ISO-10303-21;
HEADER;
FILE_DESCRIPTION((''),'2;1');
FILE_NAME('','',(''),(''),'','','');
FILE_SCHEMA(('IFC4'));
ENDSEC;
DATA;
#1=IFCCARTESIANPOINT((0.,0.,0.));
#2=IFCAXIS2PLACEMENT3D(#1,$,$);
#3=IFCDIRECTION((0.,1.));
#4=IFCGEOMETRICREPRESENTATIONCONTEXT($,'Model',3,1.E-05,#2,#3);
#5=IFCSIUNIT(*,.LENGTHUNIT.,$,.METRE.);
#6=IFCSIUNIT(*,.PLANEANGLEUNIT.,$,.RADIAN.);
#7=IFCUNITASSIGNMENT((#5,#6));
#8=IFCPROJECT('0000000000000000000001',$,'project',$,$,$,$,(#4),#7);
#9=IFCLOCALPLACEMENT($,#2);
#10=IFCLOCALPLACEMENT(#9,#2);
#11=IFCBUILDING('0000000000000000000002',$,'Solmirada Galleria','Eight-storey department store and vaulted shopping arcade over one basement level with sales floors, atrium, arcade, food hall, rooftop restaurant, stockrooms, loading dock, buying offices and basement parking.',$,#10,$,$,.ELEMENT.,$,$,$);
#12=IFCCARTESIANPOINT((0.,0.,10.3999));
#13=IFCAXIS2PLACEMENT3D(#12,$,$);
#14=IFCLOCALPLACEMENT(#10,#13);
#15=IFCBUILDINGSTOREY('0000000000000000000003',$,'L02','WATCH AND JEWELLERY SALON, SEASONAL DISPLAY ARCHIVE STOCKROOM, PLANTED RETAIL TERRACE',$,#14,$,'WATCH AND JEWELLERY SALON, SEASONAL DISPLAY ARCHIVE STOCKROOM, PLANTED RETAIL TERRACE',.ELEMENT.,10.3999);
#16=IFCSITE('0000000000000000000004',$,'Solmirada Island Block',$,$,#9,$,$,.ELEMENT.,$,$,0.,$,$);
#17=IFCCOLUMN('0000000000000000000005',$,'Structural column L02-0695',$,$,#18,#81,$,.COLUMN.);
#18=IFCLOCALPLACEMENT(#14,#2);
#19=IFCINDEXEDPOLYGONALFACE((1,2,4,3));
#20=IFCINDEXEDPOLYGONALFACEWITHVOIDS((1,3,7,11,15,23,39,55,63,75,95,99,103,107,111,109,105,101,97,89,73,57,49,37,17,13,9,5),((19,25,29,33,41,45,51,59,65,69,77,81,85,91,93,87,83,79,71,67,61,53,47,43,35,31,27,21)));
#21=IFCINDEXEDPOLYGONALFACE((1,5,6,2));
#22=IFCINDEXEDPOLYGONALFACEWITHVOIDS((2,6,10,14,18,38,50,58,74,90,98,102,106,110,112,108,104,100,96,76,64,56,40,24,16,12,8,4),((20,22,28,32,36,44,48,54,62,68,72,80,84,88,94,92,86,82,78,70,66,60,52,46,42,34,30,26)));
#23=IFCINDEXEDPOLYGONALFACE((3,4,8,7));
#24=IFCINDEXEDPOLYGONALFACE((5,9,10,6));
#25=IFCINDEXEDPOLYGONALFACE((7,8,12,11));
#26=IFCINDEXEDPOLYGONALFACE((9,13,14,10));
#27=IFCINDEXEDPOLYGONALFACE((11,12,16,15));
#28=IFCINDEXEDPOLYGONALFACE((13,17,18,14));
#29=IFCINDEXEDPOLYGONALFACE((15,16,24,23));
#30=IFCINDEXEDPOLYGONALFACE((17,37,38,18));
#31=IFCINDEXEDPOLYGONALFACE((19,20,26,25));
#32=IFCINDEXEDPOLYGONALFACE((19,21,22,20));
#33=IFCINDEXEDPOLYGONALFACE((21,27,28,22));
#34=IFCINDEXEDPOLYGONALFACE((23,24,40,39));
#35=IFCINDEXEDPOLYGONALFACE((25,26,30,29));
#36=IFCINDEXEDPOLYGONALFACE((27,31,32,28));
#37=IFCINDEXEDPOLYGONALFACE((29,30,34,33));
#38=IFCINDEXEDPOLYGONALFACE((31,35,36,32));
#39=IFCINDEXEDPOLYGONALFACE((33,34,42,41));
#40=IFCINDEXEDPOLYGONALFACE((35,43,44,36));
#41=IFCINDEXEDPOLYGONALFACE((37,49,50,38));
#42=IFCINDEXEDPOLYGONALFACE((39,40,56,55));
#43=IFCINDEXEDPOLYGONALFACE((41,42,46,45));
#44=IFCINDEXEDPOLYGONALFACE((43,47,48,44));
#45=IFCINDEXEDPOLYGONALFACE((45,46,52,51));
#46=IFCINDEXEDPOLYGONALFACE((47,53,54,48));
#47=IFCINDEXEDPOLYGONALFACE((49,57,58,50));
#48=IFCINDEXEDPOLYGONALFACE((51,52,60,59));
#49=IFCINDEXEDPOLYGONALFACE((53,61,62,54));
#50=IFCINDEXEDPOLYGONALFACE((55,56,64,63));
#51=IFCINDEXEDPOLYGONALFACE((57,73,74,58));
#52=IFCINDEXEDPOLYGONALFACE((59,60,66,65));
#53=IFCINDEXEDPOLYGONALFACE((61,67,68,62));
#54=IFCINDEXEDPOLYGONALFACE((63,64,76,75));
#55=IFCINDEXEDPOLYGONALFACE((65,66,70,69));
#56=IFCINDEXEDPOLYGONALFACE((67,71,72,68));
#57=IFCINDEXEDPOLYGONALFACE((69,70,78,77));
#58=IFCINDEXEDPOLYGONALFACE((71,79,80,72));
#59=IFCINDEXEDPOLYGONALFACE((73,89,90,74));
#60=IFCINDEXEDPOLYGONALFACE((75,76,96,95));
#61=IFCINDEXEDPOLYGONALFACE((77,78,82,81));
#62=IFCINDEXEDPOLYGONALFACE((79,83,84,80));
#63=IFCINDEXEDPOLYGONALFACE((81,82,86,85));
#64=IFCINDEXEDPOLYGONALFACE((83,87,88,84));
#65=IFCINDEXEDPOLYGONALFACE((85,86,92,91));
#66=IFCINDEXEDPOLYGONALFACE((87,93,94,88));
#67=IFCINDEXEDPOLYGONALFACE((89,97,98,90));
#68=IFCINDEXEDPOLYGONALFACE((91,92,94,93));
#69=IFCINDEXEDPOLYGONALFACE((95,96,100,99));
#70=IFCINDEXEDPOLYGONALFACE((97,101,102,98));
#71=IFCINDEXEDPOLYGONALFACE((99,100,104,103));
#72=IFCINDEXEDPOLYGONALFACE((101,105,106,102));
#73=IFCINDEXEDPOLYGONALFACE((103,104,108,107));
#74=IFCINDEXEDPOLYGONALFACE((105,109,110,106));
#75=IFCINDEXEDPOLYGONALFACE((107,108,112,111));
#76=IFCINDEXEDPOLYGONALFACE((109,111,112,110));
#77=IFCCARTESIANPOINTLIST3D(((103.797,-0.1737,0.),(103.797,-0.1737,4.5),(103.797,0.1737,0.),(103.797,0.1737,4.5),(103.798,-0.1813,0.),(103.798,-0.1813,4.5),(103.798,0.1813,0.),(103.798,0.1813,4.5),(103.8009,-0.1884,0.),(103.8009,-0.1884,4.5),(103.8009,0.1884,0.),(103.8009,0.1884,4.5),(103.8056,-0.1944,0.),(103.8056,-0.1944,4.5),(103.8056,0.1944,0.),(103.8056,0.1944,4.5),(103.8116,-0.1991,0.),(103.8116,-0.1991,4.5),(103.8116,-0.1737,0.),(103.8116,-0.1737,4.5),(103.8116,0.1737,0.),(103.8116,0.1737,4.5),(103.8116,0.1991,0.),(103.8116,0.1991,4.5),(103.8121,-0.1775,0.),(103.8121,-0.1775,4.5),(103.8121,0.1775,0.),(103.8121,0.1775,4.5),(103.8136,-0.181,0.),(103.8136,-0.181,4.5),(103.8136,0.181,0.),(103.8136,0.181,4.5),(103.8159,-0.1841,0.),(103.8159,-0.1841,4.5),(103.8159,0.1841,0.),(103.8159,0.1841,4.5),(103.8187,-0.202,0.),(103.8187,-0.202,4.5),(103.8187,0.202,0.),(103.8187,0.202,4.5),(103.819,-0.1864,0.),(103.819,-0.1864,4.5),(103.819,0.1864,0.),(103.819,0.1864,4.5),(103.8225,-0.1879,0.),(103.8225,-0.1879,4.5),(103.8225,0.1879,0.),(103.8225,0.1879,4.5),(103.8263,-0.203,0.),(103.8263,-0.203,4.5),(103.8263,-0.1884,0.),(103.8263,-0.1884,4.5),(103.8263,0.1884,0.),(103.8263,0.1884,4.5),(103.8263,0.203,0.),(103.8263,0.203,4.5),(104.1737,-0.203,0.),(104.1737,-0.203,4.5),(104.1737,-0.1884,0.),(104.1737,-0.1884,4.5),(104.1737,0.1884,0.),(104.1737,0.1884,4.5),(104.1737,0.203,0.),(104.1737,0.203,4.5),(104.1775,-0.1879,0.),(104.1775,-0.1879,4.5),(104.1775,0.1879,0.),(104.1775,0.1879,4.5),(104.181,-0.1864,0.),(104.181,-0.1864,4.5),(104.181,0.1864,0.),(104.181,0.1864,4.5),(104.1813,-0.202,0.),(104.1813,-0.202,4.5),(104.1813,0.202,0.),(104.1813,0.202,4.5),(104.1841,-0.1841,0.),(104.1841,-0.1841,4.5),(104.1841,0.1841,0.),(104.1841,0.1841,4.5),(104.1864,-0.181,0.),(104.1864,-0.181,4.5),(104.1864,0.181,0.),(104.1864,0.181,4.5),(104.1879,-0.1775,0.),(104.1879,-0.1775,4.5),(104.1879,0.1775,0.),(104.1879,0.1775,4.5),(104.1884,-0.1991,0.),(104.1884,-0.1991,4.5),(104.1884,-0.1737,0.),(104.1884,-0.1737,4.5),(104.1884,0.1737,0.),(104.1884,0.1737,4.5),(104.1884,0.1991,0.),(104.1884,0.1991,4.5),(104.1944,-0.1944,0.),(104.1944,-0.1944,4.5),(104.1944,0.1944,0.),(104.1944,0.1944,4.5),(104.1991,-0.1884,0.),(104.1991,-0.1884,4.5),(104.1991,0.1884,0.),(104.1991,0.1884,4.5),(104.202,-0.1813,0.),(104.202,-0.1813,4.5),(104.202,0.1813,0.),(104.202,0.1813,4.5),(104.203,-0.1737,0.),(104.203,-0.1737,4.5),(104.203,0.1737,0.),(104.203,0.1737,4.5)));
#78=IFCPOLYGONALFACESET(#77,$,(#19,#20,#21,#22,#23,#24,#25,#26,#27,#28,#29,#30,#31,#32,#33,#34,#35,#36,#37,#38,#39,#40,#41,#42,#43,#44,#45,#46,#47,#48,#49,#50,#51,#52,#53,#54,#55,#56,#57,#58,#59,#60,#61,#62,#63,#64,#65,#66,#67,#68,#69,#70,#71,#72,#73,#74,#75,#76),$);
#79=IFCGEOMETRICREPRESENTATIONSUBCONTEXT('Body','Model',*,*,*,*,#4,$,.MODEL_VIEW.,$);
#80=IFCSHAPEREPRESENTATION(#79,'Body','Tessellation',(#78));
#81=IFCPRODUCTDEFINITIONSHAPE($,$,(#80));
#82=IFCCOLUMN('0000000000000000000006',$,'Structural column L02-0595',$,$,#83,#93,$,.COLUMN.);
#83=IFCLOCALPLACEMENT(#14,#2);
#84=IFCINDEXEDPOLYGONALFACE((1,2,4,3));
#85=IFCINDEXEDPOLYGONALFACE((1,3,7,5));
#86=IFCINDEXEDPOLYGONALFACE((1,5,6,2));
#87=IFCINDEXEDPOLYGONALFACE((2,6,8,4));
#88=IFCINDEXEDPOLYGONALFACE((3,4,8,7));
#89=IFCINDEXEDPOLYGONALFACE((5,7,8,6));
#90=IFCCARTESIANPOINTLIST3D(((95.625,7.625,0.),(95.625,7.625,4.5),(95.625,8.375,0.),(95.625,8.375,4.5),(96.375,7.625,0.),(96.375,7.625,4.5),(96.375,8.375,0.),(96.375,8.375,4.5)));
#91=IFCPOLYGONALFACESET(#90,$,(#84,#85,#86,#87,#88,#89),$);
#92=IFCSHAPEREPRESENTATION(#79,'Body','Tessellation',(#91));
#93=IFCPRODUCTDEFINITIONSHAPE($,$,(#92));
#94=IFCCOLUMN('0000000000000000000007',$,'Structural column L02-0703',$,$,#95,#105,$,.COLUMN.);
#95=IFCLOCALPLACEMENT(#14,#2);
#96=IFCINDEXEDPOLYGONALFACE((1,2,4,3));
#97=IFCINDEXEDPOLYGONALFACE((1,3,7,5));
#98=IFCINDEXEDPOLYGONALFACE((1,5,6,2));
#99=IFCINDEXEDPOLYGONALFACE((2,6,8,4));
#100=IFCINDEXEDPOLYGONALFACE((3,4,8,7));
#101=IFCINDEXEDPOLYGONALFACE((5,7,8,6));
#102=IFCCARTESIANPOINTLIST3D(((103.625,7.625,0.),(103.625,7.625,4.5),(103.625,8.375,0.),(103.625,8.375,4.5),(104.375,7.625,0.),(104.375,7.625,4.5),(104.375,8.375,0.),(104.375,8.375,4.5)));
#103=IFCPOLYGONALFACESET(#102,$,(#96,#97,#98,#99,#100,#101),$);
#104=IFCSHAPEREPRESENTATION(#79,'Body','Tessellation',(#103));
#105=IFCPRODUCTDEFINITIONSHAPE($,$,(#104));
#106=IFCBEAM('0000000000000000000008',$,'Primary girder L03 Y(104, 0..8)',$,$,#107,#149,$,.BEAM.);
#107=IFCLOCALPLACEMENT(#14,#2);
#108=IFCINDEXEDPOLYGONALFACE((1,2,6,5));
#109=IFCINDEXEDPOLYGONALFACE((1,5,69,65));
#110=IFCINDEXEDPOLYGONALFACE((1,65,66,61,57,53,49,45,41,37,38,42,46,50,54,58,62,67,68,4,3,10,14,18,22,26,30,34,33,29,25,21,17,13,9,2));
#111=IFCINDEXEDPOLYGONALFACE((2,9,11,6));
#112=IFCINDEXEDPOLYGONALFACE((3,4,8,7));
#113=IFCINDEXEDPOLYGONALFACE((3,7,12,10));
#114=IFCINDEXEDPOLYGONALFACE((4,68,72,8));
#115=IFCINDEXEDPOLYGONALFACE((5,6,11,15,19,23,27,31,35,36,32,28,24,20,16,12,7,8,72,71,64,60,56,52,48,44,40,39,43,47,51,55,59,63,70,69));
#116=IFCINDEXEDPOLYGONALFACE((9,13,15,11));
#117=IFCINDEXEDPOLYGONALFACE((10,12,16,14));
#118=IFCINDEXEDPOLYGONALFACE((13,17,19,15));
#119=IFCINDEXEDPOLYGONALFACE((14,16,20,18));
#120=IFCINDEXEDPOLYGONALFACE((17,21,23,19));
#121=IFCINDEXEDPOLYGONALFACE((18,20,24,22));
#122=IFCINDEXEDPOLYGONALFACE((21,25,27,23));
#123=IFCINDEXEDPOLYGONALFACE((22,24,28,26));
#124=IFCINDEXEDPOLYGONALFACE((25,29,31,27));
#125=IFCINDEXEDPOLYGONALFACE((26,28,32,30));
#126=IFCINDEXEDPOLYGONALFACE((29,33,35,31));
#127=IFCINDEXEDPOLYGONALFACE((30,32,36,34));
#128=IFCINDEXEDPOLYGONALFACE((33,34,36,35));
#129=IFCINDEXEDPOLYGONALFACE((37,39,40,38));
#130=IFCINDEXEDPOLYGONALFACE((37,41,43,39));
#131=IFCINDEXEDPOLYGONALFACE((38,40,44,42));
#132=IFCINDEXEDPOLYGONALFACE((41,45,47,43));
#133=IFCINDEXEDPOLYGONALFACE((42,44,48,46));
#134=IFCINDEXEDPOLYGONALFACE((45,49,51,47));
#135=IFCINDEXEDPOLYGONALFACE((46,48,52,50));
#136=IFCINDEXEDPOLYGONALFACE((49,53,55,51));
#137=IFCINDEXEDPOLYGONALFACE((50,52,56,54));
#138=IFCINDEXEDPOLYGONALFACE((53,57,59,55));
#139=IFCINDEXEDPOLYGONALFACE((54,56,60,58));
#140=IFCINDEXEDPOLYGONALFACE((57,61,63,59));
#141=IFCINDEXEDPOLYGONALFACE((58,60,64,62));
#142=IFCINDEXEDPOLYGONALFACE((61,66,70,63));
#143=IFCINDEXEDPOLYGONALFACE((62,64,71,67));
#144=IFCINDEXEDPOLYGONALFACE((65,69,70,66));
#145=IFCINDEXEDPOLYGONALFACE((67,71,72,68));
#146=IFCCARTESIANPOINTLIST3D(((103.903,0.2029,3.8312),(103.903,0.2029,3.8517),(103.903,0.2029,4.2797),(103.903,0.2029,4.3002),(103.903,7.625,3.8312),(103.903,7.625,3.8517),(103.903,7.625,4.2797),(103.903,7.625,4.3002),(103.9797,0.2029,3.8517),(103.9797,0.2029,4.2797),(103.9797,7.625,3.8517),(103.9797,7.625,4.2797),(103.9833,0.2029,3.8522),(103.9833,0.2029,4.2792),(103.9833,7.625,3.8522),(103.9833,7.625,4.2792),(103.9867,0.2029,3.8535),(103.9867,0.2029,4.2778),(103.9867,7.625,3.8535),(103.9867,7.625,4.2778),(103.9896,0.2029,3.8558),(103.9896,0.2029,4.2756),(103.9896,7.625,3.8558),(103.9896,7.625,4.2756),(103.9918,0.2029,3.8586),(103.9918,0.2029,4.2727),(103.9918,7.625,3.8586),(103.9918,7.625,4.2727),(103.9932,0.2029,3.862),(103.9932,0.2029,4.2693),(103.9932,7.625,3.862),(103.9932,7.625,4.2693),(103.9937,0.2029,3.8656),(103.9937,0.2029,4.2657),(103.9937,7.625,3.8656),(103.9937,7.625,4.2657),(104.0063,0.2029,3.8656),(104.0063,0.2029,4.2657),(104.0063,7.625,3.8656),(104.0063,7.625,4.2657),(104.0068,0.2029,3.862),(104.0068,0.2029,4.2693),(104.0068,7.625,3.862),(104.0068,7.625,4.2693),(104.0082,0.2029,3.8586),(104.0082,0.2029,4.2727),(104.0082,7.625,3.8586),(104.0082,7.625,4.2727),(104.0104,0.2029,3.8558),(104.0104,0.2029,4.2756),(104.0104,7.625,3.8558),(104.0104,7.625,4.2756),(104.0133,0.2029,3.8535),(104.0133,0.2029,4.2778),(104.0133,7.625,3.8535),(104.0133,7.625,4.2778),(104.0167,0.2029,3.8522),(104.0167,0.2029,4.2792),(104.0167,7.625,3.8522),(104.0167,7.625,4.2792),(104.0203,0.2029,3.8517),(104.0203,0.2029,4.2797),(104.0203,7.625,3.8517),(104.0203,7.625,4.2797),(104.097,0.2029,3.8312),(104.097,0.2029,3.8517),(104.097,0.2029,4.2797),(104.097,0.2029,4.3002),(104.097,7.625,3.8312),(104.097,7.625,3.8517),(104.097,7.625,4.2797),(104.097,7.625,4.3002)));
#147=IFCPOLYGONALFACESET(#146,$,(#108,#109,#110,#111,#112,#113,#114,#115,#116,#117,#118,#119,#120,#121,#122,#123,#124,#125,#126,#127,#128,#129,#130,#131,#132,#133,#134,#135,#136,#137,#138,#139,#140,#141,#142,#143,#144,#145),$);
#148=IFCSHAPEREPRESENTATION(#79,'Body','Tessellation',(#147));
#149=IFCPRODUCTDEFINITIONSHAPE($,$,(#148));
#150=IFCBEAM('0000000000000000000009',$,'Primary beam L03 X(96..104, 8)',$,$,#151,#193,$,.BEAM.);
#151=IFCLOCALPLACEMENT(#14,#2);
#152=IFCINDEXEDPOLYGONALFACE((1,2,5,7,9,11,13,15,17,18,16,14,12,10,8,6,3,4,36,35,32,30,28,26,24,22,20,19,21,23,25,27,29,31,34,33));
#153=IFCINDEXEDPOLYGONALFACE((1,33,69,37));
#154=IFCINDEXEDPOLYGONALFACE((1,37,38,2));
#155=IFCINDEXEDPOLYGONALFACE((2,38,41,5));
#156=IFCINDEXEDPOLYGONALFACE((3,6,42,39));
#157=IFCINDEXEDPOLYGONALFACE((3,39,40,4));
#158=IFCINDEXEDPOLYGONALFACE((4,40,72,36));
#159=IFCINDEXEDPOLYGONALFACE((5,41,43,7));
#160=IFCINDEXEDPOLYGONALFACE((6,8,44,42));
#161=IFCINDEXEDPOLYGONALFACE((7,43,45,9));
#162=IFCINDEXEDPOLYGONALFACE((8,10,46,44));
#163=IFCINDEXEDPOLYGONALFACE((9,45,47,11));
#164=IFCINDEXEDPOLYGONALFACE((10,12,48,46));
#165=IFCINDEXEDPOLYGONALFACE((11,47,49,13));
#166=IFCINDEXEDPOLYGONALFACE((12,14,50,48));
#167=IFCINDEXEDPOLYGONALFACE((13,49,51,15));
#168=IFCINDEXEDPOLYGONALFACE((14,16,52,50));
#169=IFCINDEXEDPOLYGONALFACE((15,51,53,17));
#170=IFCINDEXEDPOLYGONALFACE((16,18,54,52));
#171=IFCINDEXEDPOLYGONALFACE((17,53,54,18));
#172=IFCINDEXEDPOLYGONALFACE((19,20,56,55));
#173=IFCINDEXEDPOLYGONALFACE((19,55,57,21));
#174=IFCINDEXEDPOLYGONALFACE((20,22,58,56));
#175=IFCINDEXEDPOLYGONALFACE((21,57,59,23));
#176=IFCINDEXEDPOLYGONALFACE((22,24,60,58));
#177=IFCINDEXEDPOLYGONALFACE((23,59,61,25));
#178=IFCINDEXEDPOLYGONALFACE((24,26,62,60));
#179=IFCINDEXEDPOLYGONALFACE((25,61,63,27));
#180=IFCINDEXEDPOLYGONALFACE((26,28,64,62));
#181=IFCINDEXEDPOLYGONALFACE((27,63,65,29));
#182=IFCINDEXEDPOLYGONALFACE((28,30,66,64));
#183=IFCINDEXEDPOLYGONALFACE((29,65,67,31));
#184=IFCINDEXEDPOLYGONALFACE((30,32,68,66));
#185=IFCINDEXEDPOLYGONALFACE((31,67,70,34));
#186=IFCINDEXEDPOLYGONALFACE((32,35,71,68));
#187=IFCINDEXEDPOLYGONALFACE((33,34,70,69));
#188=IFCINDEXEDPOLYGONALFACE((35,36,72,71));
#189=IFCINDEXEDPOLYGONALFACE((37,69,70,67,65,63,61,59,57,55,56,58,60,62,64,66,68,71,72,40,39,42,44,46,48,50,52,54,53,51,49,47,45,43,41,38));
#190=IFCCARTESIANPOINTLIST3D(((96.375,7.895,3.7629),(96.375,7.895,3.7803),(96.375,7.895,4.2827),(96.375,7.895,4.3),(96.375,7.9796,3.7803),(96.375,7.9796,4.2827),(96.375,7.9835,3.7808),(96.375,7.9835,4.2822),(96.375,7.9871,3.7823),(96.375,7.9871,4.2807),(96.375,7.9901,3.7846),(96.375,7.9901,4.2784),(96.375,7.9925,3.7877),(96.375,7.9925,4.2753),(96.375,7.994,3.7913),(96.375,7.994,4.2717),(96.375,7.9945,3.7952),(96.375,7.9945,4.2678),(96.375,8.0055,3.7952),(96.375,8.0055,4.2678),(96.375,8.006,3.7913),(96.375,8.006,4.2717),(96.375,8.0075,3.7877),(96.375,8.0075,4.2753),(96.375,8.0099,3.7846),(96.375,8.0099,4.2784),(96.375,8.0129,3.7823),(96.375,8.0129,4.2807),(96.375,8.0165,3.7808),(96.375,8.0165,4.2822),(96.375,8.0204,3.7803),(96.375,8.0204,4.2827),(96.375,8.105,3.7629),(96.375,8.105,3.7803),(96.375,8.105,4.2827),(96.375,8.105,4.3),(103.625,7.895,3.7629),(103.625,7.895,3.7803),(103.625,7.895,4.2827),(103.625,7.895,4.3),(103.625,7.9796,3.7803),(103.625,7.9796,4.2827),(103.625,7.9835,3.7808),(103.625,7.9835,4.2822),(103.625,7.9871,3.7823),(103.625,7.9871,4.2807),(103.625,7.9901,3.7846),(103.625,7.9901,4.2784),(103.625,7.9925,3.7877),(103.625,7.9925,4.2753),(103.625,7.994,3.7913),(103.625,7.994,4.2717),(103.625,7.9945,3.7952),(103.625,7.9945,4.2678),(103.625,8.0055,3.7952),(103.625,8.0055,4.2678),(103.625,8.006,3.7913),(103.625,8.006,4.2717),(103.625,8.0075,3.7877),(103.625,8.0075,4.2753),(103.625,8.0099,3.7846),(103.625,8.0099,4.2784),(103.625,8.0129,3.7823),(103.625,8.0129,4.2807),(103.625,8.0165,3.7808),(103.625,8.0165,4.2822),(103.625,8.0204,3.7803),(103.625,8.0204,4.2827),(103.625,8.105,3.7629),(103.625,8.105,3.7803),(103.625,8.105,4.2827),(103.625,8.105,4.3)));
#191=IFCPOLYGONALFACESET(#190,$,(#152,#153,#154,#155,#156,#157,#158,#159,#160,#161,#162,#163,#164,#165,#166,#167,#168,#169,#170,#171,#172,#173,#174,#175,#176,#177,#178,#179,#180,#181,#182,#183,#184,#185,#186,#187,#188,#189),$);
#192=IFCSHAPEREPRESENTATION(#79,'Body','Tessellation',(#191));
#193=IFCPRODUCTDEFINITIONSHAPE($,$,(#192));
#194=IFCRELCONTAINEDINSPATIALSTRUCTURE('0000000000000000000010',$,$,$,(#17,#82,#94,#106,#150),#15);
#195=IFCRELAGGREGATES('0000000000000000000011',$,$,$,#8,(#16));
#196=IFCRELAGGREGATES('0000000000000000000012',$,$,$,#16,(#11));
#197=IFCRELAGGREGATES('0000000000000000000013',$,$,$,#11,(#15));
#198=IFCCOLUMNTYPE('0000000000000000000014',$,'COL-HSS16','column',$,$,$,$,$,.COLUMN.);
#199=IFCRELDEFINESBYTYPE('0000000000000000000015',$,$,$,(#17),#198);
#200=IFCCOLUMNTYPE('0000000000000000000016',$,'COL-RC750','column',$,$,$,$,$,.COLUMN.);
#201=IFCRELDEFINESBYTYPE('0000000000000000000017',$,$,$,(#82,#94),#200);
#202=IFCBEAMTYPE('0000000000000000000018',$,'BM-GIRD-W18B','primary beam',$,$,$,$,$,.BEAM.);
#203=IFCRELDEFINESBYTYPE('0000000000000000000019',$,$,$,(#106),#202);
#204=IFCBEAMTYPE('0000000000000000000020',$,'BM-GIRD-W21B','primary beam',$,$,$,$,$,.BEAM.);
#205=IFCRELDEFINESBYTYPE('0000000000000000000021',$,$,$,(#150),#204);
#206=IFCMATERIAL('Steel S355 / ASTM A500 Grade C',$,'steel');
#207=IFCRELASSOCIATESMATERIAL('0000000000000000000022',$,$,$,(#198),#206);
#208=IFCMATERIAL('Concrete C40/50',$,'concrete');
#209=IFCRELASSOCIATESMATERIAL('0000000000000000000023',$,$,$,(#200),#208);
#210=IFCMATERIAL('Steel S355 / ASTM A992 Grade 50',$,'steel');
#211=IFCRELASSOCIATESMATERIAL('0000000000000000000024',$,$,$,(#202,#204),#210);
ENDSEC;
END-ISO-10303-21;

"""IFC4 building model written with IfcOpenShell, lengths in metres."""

from ifc_helpers import new_model, si_unit, direction, frame, origin, origin_2d, place, context, subcontext, project, spatial, rectangle, hollow_rectangle, i_section, extrude, material, material_profile, profile_set, type_object, element, save


model = new_model("IFC4")

# Units and contexts
model_context = context("Model", 3, precision=1e-05, world=origin(), true_north=direction((0.0, 1.0)))
body_context = subcontext(model_context, "Body", "Model", "MODEL_VIEW")
ifc_project = project(units=[si_unit("LENGTHUNIT", "METRE"), si_unit("PLANEANGLEUNIT", "RADIAN")], contexts=[model_context])

# Site, building, storey
site_placement = place(None, origin())
site = spatial("IfcSite", under=ifc_project, at=site_placement, Name="Solmirada Island Block", CompositionType="ELEMENT", RefElevation=0.0)
building_placement = place(site_placement, origin())
building = spatial("IfcBuilding", under=site, at=building_placement, Name="Solmirada Galleria", Description="Eight-storey department store and vaulted shopping arcade over one basement level with sales floors, atrium, arcade, food hall, rooftop restaurant, stockrooms, loading dock, buying offices and basement parking.", CompositionType="ELEMENT")
storey_placement = place(building_placement, frame((0.0, 0.0, 10.3999)))
storey = spatial("IfcBuildingStorey", under=building, at=storey_placement, Name="L02", Description="WATCH AND JEWELLERY SALON, SEASONAL DISPLAY ARCHIVE STOCKROOM, PLANTED RETAIL TERRACE", LongName="WATCH AND JEWELLERY SALON, SEASONAL DISPLAY ARCHIVE STOCKROOM, PLANTED RETAIL TERRACE", CompositionType="ELEMENT", Elevation=10.3999)

# Columns
ifc_material_1 = material(Name="Steel S355 / ASTM A500 Grade C", Category="steel")
ifc_material_profile_1 = material_profile(ifc_material_1, hollow_rectangle(XDim=0.406, YDim=0.406, WallThickness=0.0146, InnerFilletRadius=0.0146, OuterFilletRadius=0.0293, at=origin_2d()), Name="HSS16X16X5/8")
ifc_profile_set_1 = profile_set([ifc_material_profile_1], Name="Steel S355 / ASTM A500 Grade C")
column_type_1 = type_object("IfcColumnType", Name="COL-HSS16", Description="column", PredefinedType="COLUMN", material=ifc_profile_set_1)
column_placement = place(storey_placement, frame((104.0, 0.0, 0.0), z_axis=(0.0, 0.0, 1.0), x_axis=(1.0, 0.0, 0.0)))
element("IfcColumn", 1, at=column_placement, inside=storey, type_object=column_type_1, Name="Structural column L02-0695", PredefinedType="COLUMN", context=body_context, shape_type="SweptSolid", body=[
    extrude(hollow_rectangle(XDim=0.406, YDim=0.406, WallThickness=0.0146, InnerFilletRadius=0.0146, OuterFilletRadius=0.0293, at=origin_2d()), origin(), (0.0, 0.0, 1.0), 4.5),
])
ifc_material_2 = material(Name="Concrete C40/50", Category="concrete")
ifc_material_profile_2 = material_profile(ifc_material_2, rectangle(XDim=0.75, YDim=0.75, at=origin_2d()), Name="RC750X750")
ifc_profile_set_2 = profile_set([ifc_material_profile_2], Name="Concrete C40/50")
column_type_2 = type_object("IfcColumnType", Name="COL-RC750", Description="column", PredefinedType="COLUMN", material=ifc_profile_set_2)
for number, where, z_axis, x_axis, name in (
    (2, (96.0, 8.0, 0.0), (0.0, 0.0, 1.0), (1.0, 0.0, 0.0), "Structural column L02-0595"),
    (3, (104.0, 8.0, 0.0), (0.0, 0.0, 1.0), (1.0, 0.0, 0.0), "Structural column L02-0703"),
):
    element("IfcColumn", number, at=place(storey_placement, frame(where, z_axis=z_axis, x_axis=x_axis)), inside=storey, type_object=column_type_2, Name=name, PredefinedType="COLUMN", context=body_context, shape_type="SweptSolid", body=[
        extrude(rectangle(XDim=0.75, YDim=0.75, at=origin_2d()), origin(), (0.0, 0.0, 1.0), 4.5),
    ])

# Beams
ifc_material_3 = material(Name="Steel S355 / ASTM A992 Grade 50", Category="steel")
ifc_material_profile_3 = material_profile(ifc_material_3, i_section(OverallWidth=0.1941, OverallDepth=0.469, WebThickness=0.0127, FlangeThickness=0.0205, FilletRadius=0.0139, at=origin_2d()), Name="W18X71")
ifc_profile_set_3 = profile_set([ifc_material_profile_3], Name="Steel S355 / ASTM A992 Grade 50")
beam_type_1 = type_object("IfcBeamType", Name="BM-GIRD-W18B", Description="primary beam", PredefinedType="BEAM", material=ifc_profile_set_3)
beam_1_placement = place(storey_placement, frame((104.0, 0.2029, 4.0657), z_axis=(0.0, 1.0, 0.0), x_axis=(-1.0, 0.0, 0.0)))
element("IfcBeam", 4, at=beam_1_placement, inside=storey, type_object=beam_type_1, Name="Primary girder L03 Y(104, 0..8)", PredefinedType="BEAM", context=body_context, shape_type="SweptSolid", body=[
    extrude(i_section(OverallWidth=0.1941, OverallDepth=0.469, WebThickness=0.0127, FlangeThickness=0.0205, FilletRadius=0.0139, at=origin_2d()), origin(), (0.0, 0.0, 1.0), 7.4221),
])
ifc_material_profile_4 = material_profile(ifc_material_3, i_section(OverallWidth=0.21, OverallDepth=0.5371, WebThickness=0.011, FlangeThickness=0.0173, FilletRadius=0.0149, at=origin_2d()), Name="W21X68")
ifc_profile_set_4 = profile_set([ifc_material_profile_4], Name="Steel S355 / ASTM A992 Grade 50")
beam_type_2 = type_object("IfcBeamType", Name="BM-GIRD-W21B", Description="primary beam", PredefinedType="BEAM", material=ifc_profile_set_4)
for number, where, z_axis, x_axis, name in (
    (5, (96.375, 8.0, 4.0315), (1.0, 0.0, 0.0), (0.0, 1.0, 0.0), "Primary beam L03 X(96..104, 8)"),
):
    element("IfcBeam", number, at=place(storey_placement, frame(where, z_axis=z_axis, x_axis=x_axis)), inside=storey, type_object=beam_type_2, Name=name, PredefinedType="BEAM", context=body_context, shape_type="SweptSolid", body=[
        extrude(i_section(OverallWidth=0.21, OverallDepth=0.5371, WebThickness=0.011, FlangeThickness=0.0173, FilletRadius=0.0149, at=origin_2d()), origin(), (0.0, 0.0, 1.0), 7.25),
    ])

save(model, "model.ifc")
